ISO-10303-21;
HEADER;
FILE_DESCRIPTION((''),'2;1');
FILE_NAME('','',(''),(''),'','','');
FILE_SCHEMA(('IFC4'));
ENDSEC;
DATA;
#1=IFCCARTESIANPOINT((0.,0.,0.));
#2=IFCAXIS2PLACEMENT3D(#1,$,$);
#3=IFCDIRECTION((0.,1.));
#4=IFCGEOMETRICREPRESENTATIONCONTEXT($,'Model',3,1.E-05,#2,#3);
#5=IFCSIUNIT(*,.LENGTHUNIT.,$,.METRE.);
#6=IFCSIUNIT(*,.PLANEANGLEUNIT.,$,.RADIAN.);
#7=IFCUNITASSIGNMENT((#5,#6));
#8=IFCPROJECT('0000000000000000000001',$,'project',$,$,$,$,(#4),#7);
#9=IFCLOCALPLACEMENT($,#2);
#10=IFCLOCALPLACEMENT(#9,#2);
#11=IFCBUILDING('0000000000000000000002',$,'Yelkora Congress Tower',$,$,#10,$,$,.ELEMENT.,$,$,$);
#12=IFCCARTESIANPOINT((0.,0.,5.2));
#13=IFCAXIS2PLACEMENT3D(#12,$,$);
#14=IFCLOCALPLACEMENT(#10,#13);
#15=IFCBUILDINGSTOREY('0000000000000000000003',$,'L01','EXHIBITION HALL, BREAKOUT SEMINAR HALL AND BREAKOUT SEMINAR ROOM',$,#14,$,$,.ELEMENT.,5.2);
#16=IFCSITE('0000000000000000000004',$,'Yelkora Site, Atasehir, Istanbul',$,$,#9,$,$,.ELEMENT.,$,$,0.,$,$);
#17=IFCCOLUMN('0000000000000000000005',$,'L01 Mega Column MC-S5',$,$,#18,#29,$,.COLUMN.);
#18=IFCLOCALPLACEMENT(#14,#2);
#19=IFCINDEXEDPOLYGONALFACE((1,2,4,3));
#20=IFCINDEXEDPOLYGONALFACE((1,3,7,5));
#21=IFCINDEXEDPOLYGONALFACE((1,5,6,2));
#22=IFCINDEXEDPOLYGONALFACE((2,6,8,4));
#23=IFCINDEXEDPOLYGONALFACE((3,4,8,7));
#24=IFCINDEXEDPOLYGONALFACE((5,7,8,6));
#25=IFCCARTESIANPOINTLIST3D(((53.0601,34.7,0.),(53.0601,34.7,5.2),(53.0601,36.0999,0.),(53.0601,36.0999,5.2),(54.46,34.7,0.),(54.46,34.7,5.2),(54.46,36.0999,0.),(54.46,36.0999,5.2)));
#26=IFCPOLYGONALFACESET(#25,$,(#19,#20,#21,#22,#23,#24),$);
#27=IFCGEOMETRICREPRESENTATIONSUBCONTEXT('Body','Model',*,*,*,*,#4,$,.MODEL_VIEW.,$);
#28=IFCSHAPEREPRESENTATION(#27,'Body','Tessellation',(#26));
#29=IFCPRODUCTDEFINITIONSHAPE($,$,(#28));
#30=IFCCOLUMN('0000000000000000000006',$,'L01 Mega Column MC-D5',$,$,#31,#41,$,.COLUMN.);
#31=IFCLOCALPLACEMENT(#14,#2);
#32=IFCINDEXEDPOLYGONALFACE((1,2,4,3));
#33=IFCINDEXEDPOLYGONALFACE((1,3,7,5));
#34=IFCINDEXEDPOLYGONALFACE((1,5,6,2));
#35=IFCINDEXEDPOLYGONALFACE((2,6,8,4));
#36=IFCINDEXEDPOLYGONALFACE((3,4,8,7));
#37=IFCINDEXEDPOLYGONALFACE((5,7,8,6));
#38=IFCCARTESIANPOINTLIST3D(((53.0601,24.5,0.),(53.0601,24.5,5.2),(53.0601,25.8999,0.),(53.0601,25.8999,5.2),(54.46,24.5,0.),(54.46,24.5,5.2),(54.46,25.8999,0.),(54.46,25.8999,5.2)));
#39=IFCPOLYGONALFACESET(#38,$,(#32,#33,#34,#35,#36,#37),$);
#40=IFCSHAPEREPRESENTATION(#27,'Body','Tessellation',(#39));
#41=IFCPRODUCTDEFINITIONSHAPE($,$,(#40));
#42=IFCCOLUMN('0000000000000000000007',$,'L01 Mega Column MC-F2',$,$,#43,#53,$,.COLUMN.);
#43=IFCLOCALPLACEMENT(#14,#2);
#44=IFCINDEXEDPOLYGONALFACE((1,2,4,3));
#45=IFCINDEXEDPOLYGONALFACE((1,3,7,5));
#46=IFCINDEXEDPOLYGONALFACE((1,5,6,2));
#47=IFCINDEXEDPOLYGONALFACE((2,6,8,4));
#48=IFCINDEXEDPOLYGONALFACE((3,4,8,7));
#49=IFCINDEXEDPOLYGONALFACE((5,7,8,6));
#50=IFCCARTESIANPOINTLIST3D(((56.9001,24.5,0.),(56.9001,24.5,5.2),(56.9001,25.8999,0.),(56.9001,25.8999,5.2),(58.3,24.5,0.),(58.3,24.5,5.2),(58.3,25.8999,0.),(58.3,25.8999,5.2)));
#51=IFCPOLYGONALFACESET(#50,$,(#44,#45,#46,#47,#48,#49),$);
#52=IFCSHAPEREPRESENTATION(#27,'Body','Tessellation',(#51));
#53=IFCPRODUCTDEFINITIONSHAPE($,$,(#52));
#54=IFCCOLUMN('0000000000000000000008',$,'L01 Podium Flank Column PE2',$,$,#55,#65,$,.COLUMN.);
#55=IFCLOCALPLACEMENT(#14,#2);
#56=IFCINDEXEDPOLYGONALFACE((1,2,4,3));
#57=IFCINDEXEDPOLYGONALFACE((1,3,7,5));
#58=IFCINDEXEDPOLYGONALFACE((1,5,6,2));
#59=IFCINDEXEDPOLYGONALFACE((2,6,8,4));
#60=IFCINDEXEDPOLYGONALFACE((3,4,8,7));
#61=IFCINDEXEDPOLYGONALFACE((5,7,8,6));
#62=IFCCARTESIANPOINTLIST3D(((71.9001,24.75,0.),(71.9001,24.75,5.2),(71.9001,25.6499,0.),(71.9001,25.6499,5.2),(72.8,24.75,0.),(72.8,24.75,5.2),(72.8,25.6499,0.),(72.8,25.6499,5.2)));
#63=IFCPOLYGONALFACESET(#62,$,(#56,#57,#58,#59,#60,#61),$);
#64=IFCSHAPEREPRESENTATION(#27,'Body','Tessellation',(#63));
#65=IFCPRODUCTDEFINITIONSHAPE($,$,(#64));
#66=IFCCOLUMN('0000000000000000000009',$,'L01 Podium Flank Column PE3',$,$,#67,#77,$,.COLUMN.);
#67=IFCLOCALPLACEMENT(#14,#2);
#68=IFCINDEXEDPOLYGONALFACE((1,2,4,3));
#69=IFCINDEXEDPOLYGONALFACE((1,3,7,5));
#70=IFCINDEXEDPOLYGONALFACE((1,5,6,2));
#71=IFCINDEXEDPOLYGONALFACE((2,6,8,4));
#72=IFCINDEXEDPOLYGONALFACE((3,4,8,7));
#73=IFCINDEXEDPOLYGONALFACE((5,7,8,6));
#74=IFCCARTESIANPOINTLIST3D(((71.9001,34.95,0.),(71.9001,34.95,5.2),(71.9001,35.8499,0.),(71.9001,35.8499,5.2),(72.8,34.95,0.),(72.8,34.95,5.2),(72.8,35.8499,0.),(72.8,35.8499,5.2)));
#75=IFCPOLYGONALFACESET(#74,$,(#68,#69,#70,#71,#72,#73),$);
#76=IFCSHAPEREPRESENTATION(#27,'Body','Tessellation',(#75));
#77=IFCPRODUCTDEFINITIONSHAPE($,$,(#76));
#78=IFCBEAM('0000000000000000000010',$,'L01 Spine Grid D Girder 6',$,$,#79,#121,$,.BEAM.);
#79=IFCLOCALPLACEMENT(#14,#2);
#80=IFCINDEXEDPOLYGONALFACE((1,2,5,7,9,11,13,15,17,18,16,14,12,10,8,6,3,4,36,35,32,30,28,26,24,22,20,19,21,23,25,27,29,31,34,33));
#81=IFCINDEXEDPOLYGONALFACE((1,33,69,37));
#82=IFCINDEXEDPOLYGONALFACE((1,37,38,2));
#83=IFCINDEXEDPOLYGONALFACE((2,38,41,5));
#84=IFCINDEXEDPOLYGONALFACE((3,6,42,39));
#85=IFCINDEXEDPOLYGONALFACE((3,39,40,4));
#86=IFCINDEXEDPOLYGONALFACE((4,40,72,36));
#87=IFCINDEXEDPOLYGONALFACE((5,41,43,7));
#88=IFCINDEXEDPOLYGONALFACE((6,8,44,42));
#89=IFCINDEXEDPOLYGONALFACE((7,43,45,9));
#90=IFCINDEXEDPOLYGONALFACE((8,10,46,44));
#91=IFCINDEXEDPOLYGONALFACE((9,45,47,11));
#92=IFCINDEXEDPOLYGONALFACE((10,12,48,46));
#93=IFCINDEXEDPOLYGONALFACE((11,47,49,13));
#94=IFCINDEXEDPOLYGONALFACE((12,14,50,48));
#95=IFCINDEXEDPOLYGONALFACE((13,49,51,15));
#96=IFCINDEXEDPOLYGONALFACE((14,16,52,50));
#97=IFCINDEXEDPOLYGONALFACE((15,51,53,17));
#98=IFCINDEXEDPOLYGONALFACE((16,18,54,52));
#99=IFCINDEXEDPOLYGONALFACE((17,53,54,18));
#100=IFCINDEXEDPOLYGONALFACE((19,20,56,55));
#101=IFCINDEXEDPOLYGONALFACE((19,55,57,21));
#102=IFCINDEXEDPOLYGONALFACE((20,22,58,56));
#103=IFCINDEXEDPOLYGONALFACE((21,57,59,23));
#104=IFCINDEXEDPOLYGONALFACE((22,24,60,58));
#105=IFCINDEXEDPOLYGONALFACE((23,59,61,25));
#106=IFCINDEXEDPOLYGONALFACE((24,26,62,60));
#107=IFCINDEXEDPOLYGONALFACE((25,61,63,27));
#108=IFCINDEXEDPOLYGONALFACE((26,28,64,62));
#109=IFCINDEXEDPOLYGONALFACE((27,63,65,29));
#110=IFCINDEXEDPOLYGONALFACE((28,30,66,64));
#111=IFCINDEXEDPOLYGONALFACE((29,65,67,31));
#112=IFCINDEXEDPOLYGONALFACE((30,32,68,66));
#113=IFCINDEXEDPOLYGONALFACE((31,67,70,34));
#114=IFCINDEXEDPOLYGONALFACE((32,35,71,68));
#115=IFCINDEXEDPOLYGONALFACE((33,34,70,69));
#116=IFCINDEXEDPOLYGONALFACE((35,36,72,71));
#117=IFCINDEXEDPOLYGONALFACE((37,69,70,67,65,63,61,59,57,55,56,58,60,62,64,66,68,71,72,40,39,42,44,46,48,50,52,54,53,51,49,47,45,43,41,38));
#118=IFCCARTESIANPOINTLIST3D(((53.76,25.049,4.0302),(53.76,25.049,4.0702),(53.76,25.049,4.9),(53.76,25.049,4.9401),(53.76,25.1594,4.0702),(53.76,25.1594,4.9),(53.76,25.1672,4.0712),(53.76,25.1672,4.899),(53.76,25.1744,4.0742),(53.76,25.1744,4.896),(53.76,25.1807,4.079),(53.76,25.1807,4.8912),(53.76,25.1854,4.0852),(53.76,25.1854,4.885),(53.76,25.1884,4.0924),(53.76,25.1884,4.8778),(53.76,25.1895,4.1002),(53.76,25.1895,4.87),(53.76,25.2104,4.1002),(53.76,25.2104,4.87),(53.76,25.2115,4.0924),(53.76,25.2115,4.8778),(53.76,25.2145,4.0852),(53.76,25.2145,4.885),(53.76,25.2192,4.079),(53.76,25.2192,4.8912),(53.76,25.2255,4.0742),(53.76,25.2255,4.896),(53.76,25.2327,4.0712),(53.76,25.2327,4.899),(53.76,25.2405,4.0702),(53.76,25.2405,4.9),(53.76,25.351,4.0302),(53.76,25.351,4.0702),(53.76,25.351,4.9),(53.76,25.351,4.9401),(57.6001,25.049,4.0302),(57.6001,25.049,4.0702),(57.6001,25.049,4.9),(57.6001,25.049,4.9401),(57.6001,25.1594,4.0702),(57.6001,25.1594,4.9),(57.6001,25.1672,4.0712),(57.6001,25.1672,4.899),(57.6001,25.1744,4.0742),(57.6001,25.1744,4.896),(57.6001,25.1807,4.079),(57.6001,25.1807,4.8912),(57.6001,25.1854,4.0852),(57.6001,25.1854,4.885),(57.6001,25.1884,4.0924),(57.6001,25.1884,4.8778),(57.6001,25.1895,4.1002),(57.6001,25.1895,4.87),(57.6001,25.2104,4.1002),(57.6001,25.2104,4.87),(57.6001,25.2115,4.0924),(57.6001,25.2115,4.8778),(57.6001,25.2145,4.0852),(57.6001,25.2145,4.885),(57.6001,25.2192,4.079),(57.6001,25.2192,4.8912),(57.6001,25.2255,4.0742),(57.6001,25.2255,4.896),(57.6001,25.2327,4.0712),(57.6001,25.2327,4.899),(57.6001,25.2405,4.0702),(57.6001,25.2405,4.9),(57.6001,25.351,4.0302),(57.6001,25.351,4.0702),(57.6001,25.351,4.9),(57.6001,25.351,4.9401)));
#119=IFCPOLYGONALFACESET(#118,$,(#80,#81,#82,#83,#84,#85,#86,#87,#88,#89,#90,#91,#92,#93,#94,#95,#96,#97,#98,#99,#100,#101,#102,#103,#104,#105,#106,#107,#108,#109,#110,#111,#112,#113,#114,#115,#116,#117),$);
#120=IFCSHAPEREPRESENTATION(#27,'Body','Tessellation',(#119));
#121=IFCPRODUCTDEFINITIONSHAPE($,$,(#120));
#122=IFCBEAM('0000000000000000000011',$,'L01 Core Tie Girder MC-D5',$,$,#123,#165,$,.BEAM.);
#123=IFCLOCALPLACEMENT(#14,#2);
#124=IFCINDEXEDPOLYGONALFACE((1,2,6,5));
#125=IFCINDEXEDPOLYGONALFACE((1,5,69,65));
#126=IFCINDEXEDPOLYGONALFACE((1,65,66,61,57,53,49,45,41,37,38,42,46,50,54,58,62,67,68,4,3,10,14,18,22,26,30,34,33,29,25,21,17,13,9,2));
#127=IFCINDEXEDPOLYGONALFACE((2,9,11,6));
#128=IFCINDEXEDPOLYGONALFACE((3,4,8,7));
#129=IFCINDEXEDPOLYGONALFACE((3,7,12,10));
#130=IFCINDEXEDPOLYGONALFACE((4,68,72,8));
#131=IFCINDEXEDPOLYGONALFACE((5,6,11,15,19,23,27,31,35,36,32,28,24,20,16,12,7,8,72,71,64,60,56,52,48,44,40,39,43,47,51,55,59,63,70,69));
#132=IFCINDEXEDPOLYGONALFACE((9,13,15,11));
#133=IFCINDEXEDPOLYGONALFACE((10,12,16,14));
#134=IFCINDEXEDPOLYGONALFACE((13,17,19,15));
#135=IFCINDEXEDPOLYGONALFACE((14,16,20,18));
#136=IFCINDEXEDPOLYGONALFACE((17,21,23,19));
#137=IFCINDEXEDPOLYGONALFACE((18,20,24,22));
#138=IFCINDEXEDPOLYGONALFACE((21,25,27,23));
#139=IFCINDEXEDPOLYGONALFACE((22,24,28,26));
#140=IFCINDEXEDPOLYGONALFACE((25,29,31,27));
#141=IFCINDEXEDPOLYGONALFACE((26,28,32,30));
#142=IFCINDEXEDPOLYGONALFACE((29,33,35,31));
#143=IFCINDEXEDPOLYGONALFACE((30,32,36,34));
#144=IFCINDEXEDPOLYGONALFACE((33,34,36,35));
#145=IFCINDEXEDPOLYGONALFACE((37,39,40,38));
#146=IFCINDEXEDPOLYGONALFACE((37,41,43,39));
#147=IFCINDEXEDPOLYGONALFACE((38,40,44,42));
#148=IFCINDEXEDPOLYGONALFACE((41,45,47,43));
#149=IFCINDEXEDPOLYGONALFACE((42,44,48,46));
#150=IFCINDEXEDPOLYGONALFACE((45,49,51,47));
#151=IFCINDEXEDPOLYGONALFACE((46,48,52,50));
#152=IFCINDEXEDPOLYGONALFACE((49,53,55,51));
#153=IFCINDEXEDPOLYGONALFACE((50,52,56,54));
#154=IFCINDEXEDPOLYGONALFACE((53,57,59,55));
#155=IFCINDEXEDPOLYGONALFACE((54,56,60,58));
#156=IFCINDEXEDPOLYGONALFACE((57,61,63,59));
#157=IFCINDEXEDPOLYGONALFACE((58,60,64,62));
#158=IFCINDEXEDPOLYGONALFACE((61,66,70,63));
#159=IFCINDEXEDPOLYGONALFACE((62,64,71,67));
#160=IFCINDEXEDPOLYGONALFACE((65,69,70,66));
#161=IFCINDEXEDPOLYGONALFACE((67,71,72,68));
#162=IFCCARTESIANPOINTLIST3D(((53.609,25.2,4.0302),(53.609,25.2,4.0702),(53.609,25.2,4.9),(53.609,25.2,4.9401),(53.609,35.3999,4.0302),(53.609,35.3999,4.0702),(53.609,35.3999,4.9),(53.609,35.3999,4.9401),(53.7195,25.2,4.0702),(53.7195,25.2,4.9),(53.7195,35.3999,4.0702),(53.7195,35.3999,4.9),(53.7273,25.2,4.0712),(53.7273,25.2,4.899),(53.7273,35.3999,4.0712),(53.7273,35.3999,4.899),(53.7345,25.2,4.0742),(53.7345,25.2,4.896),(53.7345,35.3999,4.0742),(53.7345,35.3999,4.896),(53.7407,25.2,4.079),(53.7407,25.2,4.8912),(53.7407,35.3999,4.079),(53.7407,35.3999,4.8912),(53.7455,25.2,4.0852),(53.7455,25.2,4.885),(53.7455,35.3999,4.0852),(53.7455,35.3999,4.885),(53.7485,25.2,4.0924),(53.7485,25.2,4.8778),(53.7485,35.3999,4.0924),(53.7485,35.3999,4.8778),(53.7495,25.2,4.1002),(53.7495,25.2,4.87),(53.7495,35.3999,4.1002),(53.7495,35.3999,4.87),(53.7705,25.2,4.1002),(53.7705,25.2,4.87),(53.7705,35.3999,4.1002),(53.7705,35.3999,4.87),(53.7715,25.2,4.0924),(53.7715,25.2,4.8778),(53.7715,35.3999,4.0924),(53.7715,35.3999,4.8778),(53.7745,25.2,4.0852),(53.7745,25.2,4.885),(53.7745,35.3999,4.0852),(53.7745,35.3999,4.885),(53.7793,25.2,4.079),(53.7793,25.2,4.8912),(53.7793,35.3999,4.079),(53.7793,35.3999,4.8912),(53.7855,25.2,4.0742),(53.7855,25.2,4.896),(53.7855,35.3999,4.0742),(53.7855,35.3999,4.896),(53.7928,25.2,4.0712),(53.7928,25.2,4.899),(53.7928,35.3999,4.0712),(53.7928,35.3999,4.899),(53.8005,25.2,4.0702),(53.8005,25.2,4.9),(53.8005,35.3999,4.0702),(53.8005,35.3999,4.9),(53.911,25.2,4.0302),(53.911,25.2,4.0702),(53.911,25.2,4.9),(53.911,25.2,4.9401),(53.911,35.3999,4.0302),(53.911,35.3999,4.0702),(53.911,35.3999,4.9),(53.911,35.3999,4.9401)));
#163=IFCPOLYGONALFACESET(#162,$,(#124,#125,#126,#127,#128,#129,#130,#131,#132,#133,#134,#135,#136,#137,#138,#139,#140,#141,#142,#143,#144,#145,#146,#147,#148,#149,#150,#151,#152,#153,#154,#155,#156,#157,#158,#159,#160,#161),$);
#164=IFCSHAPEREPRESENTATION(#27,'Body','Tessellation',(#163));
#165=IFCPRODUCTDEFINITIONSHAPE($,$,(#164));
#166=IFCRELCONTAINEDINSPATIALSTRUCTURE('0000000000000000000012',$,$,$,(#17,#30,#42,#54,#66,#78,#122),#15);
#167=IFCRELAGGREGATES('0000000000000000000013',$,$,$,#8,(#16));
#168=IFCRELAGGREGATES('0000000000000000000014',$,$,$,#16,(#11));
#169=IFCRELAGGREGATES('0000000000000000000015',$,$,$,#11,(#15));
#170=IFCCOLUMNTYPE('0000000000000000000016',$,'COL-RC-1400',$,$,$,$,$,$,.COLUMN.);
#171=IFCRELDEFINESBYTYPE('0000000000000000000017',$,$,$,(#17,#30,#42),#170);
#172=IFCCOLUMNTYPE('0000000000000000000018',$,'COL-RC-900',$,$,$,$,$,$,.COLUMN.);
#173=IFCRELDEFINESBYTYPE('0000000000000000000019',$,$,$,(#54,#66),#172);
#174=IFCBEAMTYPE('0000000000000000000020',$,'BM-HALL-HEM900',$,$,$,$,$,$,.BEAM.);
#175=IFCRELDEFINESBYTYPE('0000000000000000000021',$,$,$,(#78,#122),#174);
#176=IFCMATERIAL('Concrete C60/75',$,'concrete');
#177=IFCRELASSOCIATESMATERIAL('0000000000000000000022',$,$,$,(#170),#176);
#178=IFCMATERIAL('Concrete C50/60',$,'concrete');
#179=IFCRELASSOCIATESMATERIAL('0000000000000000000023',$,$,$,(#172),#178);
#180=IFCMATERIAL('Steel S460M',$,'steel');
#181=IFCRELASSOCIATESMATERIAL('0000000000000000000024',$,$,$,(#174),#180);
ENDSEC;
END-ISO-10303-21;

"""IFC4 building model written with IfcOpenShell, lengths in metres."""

from ifc_helpers import new_model, si_unit, direction, frame, origin, origin_2d, place, context, subcontext, project, spatial, rectangle, i_section, extrude, material, material_profile, profile_set, type_object, element, save


model = new_model("IFC4")

# Units and contexts
model_context = context("Model", 3, precision=1e-05, world=origin(), true_north=direction((0.0, 1.0)))
body_context = subcontext(model_context, "Body", "Model", "MODEL_VIEW")
ifc_project = project(units=[si_unit("LENGTHUNIT", "METRE"), si_unit("PLANEANGLEUNIT", "RADIAN")], contexts=[model_context])

# Site, building, storey
site_placement = place(None, origin())
site = spatial("IfcSite", under=ifc_project, at=site_placement, Name="Yelkora Site, Atasehir, Istanbul", CompositionType="ELEMENT", RefElevation=0.0)
building_placement = place(site_placement, origin())
building = spatial("IfcBuilding", under=site, at=building_placement, Name="Yelkora Congress Tower", CompositionType="ELEMENT")
storey_placement = place(building_placement, frame((0.0, 0.0, 5.2)))
storey = spatial("IfcBuildingStorey", under=building, at=storey_placement, Name="L01", Description="EXHIBITION HALL, BREAKOUT SEMINAR HALL AND BREAKOUT SEMINAR ROOM", CompositionType="ELEMENT", Elevation=5.2)

# Columns
ifc_material_1 = material(Name="Concrete C60/75", Category="concrete")
ifc_material_profile_1 = material_profile(ifc_material_1, rectangle(XDim=1.3999, YDim=1.3999, at=origin_2d()), Name="RC 1400x1400")
ifc_profile_set_1 = profile_set([ifc_material_profile_1], Name="Concrete C60/75")
column_type_1 = type_object("IfcColumnType", Name="COL-RC-1400", PredefinedType="COLUMN", material=ifc_profile_set_1)
for number, where, z_axis, x_axis, name in (
    (1, (53.76, 35.3999, 0.0), (0.0, 0.0, 1.0), (1.0, 0.0, 0.0), "L01 Mega Column MC-S5"),
    (2, (53.76, 25.2, 0.0), (0.0, 0.0, 1.0), (1.0, 0.0, 0.0), "L01 Mega Column MC-D5"),
    (3, (57.6001, 25.2, 0.0), (0.0, 0.0, 1.0), (1.0, 0.0, 0.0), "L01 Mega Column MC-F2"),
):
    element("IfcColumn", number, at=place(storey_placement, frame(where, z_axis=z_axis, x_axis=x_axis)), inside=storey, type_object=column_type_1, Name=name, PredefinedType="COLUMN", context=body_context, shape_type="SweptSolid", body=[
        extrude(rectangle(XDim=1.3999, YDim=1.3999, at=origin_2d()), origin(), (0.0, 0.0, 1.0), 5.2),
    ])
ifc_material_2 = material(Name="Concrete C50/60", Category="concrete")
ifc_material_profile_2 = material_profile(ifc_material_2, rectangle(XDim=0.8999, YDim=0.8999, at=origin_2d()), Name="RC 900x900")
ifc_profile_set_2 = profile_set([ifc_material_profile_2], Name="Concrete C50/60")
column_type_2 = type_object("IfcColumnType", Name="COL-RC-900", PredefinedType="COLUMN", material=ifc_profile_set_2)
for number, where, z_axis, x_axis, name in (
    (4, (72.3501, 25.2, 0.0), (0.0, 0.0, 1.0), (1.0, 0.0, 0.0), "L01 Podium Flank Column PE2"),
    (5, (72.3501, 35.3999, 0.0), (0.0, 0.0, 1.0), (1.0, 0.0, 0.0), "L01 Podium Flank Column PE3"),
):
    element("IfcColumn", number, at=place(storey_placement, frame(where, z_axis=z_axis, x_axis=x_axis)), inside=storey, type_object=column_type_2, Name=name, PredefinedType="COLUMN", context=body_context, shape_type="SweptSolid", body=[
        extrude(rectangle(XDim=0.8999, YDim=0.8999, at=origin_2d()), origin(), (0.0, 0.0, 1.0), 5.2),
    ])

# Beams
ifc_material_3 = material(Name="Steel S460M", Category="steel")
ifc_material_profile_3 = material_profile(ifc_material_3, i_section(OverallWidth=0.302, OverallDepth=0.9099, WebThickness=0.021, FlangeThickness=0.04, FilletRadius=0.03, at=origin_2d()), Name="HEM 900")
ifc_profile_set_3 = profile_set([ifc_material_profile_3], Name="Steel S460M")
beam_type_1 = type_object("IfcBeamType", Name="BM-HALL-HEM900", PredefinedType="BEAM", material=ifc_profile_set_3)
beam_1_placement = place(storey_placement, frame((53.76, 25.2, 4.4851), z_axis=(1.0, 0.0, 0.0), x_axis=(0.0, 1.0, 0.0)))
element("IfcBeam", 6, at=beam_1_placement, inside=storey, type_object=beam_type_1, Name="L01 Spine Grid D Girder 6", PredefinedType="BEAM", context=body_context, shape_type="SweptSolid", body=[
    extrude(i_section(OverallWidth=0.302, OverallDepth=0.9099, WebThickness=0.021, FlangeThickness=0.04, FilletRadius=0.03, at=origin_2d()), origin(), (0.0, 0.0, 1.0), 3.8401),
])
beam_2_placement = place(storey_placement, frame((53.76, 25.2, 4.4851), z_axis=(0.0, 1.0, 0.0), x_axis=(-1.0, 0.0, 0.0)))
element("IfcBeam", 7, at=beam_2_placement, inside=storey, type_object=beam_type_1, Name="L01 Core Tie Girder MC-D5", PredefinedType="BEAM", context=body_context, shape_type="SweptSolid", body=[
    extrude(i_section(OverallWidth=0.302, OverallDepth=0.9099, WebThickness=0.021, FlangeThickness=0.04, FilletRadius=0.03, at=origin_2d()), origin(), (0.0, 0.0, 1.0), 10.2),
])

save(model, "model.ifc")
